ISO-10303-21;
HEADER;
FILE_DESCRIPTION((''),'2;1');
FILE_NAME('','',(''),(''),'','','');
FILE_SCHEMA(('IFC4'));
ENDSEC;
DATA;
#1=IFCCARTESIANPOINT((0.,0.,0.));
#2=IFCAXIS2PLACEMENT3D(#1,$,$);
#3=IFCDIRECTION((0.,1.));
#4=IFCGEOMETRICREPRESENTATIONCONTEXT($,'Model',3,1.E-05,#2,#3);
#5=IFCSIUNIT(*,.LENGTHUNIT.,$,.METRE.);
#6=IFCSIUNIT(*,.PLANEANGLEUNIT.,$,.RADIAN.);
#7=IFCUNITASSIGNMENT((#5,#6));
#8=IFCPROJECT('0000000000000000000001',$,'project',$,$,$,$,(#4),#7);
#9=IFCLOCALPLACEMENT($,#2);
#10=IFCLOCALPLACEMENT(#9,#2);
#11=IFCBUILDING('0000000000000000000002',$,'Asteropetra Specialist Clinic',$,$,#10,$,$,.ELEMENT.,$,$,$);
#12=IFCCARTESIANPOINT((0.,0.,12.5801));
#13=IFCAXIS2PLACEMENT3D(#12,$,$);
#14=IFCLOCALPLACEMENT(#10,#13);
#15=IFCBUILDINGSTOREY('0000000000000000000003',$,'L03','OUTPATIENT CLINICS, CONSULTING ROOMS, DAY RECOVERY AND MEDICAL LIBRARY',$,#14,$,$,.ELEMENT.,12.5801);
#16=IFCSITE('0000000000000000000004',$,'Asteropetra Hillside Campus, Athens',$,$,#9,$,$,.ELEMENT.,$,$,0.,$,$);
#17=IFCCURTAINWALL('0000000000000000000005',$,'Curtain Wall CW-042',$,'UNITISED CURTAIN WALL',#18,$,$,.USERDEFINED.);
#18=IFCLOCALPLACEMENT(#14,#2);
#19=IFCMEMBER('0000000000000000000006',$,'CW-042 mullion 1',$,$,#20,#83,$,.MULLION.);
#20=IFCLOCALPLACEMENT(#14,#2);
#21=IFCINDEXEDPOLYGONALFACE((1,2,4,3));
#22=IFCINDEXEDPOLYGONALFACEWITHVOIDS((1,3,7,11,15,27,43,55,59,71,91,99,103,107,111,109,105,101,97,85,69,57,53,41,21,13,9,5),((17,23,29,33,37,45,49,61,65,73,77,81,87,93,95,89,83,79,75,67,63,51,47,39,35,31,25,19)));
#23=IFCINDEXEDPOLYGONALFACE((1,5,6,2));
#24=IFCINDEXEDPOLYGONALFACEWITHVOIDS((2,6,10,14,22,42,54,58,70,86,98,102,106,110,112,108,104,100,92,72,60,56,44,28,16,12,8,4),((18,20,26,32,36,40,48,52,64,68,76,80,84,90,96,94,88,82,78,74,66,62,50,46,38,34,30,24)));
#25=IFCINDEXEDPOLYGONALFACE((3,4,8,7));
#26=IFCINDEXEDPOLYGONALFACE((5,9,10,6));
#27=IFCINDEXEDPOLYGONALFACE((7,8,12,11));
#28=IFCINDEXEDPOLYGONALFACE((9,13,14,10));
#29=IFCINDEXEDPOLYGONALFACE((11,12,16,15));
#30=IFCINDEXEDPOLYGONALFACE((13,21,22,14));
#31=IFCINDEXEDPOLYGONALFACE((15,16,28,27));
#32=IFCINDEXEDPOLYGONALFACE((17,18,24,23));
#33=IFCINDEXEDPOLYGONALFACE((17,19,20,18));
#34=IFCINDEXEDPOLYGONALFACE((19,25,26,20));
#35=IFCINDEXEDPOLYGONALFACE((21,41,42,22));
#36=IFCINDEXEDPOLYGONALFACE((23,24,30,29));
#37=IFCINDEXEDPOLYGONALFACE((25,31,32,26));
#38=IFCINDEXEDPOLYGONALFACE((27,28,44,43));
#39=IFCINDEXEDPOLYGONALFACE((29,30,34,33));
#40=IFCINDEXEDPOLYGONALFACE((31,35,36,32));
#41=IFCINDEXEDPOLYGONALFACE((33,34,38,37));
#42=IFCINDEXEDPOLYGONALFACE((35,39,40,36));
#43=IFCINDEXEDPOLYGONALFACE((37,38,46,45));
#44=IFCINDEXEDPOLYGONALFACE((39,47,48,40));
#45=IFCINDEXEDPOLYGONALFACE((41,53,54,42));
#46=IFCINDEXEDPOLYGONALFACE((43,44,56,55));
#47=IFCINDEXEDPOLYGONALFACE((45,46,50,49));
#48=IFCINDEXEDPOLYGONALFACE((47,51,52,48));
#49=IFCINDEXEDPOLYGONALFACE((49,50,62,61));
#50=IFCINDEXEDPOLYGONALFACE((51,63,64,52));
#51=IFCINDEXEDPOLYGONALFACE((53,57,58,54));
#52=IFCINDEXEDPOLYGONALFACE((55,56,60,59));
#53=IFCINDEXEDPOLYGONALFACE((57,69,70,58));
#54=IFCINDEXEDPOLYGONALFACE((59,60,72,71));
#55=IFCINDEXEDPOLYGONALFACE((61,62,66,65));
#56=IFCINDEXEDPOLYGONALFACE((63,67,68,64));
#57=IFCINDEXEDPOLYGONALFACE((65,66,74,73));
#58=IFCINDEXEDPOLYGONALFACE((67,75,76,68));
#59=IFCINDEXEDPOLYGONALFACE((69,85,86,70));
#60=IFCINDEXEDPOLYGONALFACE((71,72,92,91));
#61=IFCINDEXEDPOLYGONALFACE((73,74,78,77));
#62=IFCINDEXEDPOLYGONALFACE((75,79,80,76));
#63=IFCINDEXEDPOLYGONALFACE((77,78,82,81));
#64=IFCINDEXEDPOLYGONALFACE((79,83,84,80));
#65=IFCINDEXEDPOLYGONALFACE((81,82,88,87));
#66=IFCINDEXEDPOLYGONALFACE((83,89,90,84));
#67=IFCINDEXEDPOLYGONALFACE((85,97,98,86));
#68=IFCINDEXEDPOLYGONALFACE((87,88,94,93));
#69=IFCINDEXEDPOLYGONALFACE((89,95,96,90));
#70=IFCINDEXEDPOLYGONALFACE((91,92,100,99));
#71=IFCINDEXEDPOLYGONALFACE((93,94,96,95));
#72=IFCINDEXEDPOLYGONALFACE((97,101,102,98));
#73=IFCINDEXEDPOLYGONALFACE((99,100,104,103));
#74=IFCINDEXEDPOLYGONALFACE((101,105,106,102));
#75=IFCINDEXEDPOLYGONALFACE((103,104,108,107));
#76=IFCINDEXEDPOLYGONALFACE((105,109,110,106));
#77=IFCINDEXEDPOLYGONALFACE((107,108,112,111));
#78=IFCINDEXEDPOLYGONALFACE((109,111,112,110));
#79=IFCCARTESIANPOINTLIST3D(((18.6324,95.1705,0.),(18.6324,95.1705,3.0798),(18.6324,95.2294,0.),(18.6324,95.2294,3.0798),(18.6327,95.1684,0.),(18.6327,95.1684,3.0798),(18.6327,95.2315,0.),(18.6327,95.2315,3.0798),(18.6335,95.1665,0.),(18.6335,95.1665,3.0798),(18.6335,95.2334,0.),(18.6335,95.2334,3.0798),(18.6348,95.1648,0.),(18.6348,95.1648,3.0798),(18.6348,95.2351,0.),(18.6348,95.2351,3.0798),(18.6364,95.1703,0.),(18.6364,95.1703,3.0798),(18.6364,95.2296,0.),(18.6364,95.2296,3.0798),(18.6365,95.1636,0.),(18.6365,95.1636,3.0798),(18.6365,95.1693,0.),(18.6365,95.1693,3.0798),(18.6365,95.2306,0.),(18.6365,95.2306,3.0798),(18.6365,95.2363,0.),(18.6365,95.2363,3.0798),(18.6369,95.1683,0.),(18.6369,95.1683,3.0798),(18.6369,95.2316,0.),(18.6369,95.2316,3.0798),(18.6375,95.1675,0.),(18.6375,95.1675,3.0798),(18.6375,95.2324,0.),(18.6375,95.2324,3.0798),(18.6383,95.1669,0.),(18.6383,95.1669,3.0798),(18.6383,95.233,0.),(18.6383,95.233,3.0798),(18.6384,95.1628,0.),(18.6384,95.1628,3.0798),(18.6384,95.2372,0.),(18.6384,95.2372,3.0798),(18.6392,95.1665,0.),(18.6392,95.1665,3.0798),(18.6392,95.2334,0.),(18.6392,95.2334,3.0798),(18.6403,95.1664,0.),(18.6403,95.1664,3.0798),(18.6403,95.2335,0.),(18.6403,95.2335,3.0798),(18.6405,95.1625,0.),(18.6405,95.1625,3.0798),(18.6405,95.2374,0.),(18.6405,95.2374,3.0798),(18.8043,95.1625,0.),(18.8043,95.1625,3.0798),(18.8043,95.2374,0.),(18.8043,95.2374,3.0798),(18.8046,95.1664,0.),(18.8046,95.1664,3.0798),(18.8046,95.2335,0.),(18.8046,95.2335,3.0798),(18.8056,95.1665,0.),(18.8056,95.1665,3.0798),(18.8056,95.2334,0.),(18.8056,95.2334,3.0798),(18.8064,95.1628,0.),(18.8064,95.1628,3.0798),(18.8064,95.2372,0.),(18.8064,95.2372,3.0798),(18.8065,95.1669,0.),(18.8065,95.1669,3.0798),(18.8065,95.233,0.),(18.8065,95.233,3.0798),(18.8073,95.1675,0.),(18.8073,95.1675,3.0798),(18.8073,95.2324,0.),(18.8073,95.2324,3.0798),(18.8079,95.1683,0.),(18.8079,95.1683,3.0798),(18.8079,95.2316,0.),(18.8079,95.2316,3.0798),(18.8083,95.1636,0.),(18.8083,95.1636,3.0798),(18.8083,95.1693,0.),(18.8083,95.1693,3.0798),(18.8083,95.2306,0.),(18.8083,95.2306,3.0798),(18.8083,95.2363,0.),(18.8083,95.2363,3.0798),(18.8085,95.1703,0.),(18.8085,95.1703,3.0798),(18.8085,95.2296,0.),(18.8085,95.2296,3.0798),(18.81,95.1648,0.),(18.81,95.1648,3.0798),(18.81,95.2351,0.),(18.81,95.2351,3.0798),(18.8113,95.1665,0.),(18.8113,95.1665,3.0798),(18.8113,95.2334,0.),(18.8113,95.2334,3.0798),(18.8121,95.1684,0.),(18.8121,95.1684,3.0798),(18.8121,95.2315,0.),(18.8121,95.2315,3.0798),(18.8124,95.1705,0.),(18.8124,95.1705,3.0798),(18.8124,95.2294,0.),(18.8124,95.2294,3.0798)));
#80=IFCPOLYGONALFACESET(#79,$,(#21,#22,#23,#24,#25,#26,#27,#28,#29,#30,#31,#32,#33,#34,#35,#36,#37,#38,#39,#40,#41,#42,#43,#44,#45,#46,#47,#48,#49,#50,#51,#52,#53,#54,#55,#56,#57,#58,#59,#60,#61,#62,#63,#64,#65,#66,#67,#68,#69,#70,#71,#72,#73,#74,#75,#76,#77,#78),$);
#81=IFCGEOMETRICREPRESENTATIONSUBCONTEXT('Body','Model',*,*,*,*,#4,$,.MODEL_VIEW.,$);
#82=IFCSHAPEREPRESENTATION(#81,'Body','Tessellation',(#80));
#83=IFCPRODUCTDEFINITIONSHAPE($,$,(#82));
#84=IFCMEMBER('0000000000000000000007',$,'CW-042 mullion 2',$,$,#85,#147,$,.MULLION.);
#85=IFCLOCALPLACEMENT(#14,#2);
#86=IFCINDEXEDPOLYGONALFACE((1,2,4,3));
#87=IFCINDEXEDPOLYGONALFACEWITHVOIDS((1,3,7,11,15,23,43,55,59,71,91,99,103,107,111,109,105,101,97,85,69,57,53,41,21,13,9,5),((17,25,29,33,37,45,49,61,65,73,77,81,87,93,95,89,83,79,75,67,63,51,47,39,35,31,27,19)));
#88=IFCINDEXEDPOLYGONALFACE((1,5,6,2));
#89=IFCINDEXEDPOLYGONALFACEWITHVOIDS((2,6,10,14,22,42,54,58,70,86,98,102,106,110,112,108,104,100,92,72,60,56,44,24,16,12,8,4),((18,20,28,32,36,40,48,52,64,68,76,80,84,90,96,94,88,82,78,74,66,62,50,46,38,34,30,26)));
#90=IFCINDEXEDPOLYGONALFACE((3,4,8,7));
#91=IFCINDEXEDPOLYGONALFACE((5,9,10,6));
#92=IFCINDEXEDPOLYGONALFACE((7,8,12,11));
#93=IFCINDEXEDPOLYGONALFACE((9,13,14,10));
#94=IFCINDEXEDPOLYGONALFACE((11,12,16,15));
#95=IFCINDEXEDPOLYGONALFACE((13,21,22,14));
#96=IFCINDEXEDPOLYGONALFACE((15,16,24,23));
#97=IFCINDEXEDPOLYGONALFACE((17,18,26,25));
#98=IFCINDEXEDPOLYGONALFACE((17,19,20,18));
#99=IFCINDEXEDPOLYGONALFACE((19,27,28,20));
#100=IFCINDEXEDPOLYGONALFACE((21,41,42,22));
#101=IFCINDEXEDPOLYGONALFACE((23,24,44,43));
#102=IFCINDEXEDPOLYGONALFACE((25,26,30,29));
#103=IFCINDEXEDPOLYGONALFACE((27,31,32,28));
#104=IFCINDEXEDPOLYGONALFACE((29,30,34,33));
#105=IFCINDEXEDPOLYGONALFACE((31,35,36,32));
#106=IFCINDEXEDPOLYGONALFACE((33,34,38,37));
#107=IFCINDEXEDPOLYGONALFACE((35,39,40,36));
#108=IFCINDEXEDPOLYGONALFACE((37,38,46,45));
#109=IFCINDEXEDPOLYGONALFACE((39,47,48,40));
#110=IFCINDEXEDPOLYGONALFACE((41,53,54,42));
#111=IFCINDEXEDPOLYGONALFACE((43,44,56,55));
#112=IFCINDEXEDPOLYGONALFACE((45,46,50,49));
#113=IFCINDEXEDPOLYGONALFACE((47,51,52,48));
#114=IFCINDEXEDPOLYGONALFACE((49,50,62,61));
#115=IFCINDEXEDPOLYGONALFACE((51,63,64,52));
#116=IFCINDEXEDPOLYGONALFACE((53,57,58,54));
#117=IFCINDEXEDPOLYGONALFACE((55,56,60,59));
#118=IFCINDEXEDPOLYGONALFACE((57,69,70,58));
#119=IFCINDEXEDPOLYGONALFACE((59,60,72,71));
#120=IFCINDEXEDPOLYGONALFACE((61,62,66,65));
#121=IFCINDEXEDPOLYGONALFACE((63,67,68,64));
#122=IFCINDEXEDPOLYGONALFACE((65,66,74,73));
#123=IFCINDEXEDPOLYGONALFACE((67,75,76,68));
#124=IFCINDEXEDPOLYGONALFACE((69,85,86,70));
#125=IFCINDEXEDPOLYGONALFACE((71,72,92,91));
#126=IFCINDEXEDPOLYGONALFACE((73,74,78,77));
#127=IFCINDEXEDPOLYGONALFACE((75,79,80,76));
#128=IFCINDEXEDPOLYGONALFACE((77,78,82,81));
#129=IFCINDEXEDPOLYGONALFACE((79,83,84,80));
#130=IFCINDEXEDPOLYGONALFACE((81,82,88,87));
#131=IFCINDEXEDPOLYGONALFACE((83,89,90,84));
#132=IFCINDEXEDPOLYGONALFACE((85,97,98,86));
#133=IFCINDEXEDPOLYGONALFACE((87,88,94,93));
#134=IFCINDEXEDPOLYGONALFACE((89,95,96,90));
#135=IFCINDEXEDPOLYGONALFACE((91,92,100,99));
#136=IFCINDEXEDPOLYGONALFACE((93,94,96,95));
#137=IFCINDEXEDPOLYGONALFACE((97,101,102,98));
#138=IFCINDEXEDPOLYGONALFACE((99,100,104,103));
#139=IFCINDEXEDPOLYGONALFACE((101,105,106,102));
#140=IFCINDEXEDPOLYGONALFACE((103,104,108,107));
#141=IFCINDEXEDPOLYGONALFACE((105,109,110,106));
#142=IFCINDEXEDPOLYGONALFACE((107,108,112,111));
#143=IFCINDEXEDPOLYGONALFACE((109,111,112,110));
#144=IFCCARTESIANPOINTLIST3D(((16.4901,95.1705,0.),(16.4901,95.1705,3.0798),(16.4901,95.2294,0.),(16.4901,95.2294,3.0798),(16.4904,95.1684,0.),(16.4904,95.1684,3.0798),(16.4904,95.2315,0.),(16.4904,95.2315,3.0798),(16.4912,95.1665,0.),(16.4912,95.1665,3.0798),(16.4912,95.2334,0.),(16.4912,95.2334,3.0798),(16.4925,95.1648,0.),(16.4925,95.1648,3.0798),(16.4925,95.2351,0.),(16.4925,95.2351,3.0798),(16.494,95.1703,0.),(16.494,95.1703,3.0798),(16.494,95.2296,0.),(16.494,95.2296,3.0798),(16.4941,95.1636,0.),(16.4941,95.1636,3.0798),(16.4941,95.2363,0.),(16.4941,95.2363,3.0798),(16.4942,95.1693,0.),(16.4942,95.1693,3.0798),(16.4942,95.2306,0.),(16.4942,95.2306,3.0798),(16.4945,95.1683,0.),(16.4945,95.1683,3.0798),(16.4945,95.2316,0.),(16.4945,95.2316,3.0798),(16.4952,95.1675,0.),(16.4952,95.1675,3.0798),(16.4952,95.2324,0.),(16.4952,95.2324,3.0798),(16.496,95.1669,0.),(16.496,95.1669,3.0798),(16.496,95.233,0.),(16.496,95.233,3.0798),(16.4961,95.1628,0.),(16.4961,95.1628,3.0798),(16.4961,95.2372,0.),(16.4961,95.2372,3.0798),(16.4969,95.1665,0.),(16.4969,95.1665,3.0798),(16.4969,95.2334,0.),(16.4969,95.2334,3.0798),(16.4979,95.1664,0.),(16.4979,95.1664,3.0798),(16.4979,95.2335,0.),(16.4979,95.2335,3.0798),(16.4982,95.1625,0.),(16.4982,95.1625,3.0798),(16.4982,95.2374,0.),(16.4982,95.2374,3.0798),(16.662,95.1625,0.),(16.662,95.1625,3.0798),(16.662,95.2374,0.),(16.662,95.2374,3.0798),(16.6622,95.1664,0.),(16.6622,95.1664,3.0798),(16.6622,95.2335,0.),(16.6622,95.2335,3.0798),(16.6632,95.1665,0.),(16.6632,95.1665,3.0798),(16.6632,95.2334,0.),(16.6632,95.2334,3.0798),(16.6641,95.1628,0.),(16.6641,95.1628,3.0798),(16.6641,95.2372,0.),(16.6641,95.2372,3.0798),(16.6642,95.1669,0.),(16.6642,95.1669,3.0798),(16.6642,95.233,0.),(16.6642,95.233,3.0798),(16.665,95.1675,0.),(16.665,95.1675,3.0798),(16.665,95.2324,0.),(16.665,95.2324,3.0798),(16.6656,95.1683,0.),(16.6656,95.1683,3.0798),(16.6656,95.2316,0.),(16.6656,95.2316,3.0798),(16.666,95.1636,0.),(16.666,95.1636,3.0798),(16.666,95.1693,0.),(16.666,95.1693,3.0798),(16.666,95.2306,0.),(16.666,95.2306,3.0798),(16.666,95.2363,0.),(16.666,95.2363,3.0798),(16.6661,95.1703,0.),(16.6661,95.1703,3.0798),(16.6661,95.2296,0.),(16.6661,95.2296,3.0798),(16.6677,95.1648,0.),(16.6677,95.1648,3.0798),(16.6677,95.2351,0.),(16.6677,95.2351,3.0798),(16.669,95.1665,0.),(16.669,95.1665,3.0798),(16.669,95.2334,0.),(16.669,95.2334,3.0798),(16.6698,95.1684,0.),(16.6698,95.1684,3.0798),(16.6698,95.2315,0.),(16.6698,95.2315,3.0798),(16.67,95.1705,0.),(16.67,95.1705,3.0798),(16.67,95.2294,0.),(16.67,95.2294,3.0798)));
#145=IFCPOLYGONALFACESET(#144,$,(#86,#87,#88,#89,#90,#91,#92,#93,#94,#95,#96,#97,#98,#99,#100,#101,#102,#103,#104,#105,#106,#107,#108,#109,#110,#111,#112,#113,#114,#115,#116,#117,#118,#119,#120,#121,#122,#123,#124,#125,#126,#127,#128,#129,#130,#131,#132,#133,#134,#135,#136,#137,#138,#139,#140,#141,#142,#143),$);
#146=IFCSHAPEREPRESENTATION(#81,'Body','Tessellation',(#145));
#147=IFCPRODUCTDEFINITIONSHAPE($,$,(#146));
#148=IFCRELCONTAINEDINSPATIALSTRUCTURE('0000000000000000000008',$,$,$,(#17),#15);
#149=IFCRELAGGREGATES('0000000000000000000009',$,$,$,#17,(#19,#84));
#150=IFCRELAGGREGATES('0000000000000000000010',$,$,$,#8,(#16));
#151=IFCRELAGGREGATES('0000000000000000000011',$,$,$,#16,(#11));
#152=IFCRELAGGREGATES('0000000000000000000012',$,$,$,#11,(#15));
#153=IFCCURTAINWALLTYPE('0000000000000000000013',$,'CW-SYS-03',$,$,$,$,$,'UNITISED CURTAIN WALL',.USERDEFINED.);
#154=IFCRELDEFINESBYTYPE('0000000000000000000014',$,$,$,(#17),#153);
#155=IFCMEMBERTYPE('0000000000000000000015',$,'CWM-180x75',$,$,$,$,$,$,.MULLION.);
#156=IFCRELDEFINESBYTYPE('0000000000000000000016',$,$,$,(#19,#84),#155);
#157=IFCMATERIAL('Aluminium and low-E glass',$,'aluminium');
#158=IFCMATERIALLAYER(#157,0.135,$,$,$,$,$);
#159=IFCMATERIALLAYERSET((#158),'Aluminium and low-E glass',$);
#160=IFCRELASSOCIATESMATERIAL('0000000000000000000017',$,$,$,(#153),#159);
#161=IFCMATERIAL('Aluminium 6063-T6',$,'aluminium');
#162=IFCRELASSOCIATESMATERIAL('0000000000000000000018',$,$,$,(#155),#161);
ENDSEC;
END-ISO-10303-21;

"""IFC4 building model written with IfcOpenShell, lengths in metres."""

from ifc_helpers import new_model, si_unit, direction, frame, origin, origin_2d, place, context, subcontext, project, spatial, hollow_rectangle, extrude, material, layer, layer_set, material_profile, profile_set, type_object, element, aggregate, save


model = new_model("IFC4")

# Units and contexts
model_context = context("Model", 3, precision=1e-05, world=origin(), true_north=direction((0.0, 1.0)))
body_context = subcontext(model_context, "Body", "Model", "MODEL_VIEW")
ifc_project = project(units=[si_unit("LENGTHUNIT", "METRE"), si_unit("PLANEANGLEUNIT", "RADIAN")], contexts=[model_context])

# Site, building, storey
site_placement = place(None, origin())
site = spatial("IfcSite", under=ifc_project, at=site_placement, Name="Asteropetra Hillside Campus, Athens", CompositionType="ELEMENT", RefElevation=0.0)
building_placement = place(site_placement, origin())
building = spatial("IfcBuilding", under=site, at=building_placement, Name="Asteropetra Specialist Clinic", CompositionType="ELEMENT")
storey_placement = place(building_placement, frame((0.0, 0.0, 12.5801)))
storey = spatial("IfcBuildingStorey", under=building, at=storey_placement, Name="L03", Description="OUTPATIENT CLINICS, CONSULTING ROOMS, DAY RECOVERY AND MEDICAL LIBRARY", CompositionType="ELEMENT", Elevation=12.5801)

# Curtain wall, members
ifc_material_1 = material(Name="Aluminium and low-E glass", Category="aluminium")
ifc_layer_1 = layer(ifc_material_1, 0.135)
ifc_layer_set_1 = layer_set([ifc_layer_1], Name="Aluminium and low-E glass")
curtain_wall_type_1 = type_object("IfcCurtainWallType", Name="CW-SYS-03", ElementType="UNITISED CURTAIN WALL", PredefinedType="USERDEFINED", material=ifc_layer_set_1)
curtain_wall_1_placement = place(storey_placement, origin())
curtain_wall_1 = element("IfcCurtainWall", 1, at=curtain_wall_1_placement, inside=storey, type_object=curtain_wall_type_1, Name="Curtain Wall CW-042", ObjectType="UNITISED CURTAIN WALL", PredefinedType="USERDEFINED")
ifc_material_2 = material(Name="Aluminium 6063-T6", Category="aluminium")
ifc_material_profile_1 = material_profile(ifc_material_2, hollow_rectangle(XDim=0.075, YDim=0.1799, WallThickness=0.0039, InnerFilletRadius=0.0039, OuterFilletRadius=0.0081, at=origin_2d()), Name="MUL 180x75x4.0")
ifc_profile_set_1 = profile_set([ifc_material_profile_1], Name="Aluminium 6063-T6")
member_type_1 = type_object("IfcMemberType", Name="CWM-180x75", PredefinedType="MULLION", material=ifc_profile_set_1)
member_1_placement = place(storey_placement, frame((18.7224, 95.2, 0.0), z_axis=(0.0, 0.0, 1.0), x_axis=(0.0, -1.0, 0.0)))
member_1 = element("IfcMember", 2, at=member_1_placement, type_object=member_type_1, Name="CW-042 mullion 1", PredefinedType="MULLION", context=body_context, shape_type="SweptSolid", body=[
    extrude(hollow_rectangle(XDim=0.075, YDim=0.1799, WallThickness=0.0039, InnerFilletRadius=0.0039, OuterFilletRadius=0.0081, at=origin_2d()), origin(), (0.0, 0.0, 1.0), 3.0798),
])
member_2_placement = place(storey_placement, frame((16.5801, 95.2, 0.0), z_axis=(0.0, 0.0, 1.0), x_axis=(0.0, -1.0, 0.0)))
member_2 = element("IfcMember", 3, at=member_2_placement, type_object=member_type_1, Name="CW-042 mullion 2", PredefinedType="MULLION", context=body_context, shape_type="SweptSolid", body=[
    extrude(hollow_rectangle(XDim=0.075, YDim=0.1799, WallThickness=0.0039, InnerFilletRadius=0.0039, OuterFilletRadius=0.0081, at=origin_2d()), origin(), (0.0, 0.0, 1.0), 3.0798),
])

aggregate(curtain_wall_1, [member_1, member_2])

save(model, "model.ifc")
